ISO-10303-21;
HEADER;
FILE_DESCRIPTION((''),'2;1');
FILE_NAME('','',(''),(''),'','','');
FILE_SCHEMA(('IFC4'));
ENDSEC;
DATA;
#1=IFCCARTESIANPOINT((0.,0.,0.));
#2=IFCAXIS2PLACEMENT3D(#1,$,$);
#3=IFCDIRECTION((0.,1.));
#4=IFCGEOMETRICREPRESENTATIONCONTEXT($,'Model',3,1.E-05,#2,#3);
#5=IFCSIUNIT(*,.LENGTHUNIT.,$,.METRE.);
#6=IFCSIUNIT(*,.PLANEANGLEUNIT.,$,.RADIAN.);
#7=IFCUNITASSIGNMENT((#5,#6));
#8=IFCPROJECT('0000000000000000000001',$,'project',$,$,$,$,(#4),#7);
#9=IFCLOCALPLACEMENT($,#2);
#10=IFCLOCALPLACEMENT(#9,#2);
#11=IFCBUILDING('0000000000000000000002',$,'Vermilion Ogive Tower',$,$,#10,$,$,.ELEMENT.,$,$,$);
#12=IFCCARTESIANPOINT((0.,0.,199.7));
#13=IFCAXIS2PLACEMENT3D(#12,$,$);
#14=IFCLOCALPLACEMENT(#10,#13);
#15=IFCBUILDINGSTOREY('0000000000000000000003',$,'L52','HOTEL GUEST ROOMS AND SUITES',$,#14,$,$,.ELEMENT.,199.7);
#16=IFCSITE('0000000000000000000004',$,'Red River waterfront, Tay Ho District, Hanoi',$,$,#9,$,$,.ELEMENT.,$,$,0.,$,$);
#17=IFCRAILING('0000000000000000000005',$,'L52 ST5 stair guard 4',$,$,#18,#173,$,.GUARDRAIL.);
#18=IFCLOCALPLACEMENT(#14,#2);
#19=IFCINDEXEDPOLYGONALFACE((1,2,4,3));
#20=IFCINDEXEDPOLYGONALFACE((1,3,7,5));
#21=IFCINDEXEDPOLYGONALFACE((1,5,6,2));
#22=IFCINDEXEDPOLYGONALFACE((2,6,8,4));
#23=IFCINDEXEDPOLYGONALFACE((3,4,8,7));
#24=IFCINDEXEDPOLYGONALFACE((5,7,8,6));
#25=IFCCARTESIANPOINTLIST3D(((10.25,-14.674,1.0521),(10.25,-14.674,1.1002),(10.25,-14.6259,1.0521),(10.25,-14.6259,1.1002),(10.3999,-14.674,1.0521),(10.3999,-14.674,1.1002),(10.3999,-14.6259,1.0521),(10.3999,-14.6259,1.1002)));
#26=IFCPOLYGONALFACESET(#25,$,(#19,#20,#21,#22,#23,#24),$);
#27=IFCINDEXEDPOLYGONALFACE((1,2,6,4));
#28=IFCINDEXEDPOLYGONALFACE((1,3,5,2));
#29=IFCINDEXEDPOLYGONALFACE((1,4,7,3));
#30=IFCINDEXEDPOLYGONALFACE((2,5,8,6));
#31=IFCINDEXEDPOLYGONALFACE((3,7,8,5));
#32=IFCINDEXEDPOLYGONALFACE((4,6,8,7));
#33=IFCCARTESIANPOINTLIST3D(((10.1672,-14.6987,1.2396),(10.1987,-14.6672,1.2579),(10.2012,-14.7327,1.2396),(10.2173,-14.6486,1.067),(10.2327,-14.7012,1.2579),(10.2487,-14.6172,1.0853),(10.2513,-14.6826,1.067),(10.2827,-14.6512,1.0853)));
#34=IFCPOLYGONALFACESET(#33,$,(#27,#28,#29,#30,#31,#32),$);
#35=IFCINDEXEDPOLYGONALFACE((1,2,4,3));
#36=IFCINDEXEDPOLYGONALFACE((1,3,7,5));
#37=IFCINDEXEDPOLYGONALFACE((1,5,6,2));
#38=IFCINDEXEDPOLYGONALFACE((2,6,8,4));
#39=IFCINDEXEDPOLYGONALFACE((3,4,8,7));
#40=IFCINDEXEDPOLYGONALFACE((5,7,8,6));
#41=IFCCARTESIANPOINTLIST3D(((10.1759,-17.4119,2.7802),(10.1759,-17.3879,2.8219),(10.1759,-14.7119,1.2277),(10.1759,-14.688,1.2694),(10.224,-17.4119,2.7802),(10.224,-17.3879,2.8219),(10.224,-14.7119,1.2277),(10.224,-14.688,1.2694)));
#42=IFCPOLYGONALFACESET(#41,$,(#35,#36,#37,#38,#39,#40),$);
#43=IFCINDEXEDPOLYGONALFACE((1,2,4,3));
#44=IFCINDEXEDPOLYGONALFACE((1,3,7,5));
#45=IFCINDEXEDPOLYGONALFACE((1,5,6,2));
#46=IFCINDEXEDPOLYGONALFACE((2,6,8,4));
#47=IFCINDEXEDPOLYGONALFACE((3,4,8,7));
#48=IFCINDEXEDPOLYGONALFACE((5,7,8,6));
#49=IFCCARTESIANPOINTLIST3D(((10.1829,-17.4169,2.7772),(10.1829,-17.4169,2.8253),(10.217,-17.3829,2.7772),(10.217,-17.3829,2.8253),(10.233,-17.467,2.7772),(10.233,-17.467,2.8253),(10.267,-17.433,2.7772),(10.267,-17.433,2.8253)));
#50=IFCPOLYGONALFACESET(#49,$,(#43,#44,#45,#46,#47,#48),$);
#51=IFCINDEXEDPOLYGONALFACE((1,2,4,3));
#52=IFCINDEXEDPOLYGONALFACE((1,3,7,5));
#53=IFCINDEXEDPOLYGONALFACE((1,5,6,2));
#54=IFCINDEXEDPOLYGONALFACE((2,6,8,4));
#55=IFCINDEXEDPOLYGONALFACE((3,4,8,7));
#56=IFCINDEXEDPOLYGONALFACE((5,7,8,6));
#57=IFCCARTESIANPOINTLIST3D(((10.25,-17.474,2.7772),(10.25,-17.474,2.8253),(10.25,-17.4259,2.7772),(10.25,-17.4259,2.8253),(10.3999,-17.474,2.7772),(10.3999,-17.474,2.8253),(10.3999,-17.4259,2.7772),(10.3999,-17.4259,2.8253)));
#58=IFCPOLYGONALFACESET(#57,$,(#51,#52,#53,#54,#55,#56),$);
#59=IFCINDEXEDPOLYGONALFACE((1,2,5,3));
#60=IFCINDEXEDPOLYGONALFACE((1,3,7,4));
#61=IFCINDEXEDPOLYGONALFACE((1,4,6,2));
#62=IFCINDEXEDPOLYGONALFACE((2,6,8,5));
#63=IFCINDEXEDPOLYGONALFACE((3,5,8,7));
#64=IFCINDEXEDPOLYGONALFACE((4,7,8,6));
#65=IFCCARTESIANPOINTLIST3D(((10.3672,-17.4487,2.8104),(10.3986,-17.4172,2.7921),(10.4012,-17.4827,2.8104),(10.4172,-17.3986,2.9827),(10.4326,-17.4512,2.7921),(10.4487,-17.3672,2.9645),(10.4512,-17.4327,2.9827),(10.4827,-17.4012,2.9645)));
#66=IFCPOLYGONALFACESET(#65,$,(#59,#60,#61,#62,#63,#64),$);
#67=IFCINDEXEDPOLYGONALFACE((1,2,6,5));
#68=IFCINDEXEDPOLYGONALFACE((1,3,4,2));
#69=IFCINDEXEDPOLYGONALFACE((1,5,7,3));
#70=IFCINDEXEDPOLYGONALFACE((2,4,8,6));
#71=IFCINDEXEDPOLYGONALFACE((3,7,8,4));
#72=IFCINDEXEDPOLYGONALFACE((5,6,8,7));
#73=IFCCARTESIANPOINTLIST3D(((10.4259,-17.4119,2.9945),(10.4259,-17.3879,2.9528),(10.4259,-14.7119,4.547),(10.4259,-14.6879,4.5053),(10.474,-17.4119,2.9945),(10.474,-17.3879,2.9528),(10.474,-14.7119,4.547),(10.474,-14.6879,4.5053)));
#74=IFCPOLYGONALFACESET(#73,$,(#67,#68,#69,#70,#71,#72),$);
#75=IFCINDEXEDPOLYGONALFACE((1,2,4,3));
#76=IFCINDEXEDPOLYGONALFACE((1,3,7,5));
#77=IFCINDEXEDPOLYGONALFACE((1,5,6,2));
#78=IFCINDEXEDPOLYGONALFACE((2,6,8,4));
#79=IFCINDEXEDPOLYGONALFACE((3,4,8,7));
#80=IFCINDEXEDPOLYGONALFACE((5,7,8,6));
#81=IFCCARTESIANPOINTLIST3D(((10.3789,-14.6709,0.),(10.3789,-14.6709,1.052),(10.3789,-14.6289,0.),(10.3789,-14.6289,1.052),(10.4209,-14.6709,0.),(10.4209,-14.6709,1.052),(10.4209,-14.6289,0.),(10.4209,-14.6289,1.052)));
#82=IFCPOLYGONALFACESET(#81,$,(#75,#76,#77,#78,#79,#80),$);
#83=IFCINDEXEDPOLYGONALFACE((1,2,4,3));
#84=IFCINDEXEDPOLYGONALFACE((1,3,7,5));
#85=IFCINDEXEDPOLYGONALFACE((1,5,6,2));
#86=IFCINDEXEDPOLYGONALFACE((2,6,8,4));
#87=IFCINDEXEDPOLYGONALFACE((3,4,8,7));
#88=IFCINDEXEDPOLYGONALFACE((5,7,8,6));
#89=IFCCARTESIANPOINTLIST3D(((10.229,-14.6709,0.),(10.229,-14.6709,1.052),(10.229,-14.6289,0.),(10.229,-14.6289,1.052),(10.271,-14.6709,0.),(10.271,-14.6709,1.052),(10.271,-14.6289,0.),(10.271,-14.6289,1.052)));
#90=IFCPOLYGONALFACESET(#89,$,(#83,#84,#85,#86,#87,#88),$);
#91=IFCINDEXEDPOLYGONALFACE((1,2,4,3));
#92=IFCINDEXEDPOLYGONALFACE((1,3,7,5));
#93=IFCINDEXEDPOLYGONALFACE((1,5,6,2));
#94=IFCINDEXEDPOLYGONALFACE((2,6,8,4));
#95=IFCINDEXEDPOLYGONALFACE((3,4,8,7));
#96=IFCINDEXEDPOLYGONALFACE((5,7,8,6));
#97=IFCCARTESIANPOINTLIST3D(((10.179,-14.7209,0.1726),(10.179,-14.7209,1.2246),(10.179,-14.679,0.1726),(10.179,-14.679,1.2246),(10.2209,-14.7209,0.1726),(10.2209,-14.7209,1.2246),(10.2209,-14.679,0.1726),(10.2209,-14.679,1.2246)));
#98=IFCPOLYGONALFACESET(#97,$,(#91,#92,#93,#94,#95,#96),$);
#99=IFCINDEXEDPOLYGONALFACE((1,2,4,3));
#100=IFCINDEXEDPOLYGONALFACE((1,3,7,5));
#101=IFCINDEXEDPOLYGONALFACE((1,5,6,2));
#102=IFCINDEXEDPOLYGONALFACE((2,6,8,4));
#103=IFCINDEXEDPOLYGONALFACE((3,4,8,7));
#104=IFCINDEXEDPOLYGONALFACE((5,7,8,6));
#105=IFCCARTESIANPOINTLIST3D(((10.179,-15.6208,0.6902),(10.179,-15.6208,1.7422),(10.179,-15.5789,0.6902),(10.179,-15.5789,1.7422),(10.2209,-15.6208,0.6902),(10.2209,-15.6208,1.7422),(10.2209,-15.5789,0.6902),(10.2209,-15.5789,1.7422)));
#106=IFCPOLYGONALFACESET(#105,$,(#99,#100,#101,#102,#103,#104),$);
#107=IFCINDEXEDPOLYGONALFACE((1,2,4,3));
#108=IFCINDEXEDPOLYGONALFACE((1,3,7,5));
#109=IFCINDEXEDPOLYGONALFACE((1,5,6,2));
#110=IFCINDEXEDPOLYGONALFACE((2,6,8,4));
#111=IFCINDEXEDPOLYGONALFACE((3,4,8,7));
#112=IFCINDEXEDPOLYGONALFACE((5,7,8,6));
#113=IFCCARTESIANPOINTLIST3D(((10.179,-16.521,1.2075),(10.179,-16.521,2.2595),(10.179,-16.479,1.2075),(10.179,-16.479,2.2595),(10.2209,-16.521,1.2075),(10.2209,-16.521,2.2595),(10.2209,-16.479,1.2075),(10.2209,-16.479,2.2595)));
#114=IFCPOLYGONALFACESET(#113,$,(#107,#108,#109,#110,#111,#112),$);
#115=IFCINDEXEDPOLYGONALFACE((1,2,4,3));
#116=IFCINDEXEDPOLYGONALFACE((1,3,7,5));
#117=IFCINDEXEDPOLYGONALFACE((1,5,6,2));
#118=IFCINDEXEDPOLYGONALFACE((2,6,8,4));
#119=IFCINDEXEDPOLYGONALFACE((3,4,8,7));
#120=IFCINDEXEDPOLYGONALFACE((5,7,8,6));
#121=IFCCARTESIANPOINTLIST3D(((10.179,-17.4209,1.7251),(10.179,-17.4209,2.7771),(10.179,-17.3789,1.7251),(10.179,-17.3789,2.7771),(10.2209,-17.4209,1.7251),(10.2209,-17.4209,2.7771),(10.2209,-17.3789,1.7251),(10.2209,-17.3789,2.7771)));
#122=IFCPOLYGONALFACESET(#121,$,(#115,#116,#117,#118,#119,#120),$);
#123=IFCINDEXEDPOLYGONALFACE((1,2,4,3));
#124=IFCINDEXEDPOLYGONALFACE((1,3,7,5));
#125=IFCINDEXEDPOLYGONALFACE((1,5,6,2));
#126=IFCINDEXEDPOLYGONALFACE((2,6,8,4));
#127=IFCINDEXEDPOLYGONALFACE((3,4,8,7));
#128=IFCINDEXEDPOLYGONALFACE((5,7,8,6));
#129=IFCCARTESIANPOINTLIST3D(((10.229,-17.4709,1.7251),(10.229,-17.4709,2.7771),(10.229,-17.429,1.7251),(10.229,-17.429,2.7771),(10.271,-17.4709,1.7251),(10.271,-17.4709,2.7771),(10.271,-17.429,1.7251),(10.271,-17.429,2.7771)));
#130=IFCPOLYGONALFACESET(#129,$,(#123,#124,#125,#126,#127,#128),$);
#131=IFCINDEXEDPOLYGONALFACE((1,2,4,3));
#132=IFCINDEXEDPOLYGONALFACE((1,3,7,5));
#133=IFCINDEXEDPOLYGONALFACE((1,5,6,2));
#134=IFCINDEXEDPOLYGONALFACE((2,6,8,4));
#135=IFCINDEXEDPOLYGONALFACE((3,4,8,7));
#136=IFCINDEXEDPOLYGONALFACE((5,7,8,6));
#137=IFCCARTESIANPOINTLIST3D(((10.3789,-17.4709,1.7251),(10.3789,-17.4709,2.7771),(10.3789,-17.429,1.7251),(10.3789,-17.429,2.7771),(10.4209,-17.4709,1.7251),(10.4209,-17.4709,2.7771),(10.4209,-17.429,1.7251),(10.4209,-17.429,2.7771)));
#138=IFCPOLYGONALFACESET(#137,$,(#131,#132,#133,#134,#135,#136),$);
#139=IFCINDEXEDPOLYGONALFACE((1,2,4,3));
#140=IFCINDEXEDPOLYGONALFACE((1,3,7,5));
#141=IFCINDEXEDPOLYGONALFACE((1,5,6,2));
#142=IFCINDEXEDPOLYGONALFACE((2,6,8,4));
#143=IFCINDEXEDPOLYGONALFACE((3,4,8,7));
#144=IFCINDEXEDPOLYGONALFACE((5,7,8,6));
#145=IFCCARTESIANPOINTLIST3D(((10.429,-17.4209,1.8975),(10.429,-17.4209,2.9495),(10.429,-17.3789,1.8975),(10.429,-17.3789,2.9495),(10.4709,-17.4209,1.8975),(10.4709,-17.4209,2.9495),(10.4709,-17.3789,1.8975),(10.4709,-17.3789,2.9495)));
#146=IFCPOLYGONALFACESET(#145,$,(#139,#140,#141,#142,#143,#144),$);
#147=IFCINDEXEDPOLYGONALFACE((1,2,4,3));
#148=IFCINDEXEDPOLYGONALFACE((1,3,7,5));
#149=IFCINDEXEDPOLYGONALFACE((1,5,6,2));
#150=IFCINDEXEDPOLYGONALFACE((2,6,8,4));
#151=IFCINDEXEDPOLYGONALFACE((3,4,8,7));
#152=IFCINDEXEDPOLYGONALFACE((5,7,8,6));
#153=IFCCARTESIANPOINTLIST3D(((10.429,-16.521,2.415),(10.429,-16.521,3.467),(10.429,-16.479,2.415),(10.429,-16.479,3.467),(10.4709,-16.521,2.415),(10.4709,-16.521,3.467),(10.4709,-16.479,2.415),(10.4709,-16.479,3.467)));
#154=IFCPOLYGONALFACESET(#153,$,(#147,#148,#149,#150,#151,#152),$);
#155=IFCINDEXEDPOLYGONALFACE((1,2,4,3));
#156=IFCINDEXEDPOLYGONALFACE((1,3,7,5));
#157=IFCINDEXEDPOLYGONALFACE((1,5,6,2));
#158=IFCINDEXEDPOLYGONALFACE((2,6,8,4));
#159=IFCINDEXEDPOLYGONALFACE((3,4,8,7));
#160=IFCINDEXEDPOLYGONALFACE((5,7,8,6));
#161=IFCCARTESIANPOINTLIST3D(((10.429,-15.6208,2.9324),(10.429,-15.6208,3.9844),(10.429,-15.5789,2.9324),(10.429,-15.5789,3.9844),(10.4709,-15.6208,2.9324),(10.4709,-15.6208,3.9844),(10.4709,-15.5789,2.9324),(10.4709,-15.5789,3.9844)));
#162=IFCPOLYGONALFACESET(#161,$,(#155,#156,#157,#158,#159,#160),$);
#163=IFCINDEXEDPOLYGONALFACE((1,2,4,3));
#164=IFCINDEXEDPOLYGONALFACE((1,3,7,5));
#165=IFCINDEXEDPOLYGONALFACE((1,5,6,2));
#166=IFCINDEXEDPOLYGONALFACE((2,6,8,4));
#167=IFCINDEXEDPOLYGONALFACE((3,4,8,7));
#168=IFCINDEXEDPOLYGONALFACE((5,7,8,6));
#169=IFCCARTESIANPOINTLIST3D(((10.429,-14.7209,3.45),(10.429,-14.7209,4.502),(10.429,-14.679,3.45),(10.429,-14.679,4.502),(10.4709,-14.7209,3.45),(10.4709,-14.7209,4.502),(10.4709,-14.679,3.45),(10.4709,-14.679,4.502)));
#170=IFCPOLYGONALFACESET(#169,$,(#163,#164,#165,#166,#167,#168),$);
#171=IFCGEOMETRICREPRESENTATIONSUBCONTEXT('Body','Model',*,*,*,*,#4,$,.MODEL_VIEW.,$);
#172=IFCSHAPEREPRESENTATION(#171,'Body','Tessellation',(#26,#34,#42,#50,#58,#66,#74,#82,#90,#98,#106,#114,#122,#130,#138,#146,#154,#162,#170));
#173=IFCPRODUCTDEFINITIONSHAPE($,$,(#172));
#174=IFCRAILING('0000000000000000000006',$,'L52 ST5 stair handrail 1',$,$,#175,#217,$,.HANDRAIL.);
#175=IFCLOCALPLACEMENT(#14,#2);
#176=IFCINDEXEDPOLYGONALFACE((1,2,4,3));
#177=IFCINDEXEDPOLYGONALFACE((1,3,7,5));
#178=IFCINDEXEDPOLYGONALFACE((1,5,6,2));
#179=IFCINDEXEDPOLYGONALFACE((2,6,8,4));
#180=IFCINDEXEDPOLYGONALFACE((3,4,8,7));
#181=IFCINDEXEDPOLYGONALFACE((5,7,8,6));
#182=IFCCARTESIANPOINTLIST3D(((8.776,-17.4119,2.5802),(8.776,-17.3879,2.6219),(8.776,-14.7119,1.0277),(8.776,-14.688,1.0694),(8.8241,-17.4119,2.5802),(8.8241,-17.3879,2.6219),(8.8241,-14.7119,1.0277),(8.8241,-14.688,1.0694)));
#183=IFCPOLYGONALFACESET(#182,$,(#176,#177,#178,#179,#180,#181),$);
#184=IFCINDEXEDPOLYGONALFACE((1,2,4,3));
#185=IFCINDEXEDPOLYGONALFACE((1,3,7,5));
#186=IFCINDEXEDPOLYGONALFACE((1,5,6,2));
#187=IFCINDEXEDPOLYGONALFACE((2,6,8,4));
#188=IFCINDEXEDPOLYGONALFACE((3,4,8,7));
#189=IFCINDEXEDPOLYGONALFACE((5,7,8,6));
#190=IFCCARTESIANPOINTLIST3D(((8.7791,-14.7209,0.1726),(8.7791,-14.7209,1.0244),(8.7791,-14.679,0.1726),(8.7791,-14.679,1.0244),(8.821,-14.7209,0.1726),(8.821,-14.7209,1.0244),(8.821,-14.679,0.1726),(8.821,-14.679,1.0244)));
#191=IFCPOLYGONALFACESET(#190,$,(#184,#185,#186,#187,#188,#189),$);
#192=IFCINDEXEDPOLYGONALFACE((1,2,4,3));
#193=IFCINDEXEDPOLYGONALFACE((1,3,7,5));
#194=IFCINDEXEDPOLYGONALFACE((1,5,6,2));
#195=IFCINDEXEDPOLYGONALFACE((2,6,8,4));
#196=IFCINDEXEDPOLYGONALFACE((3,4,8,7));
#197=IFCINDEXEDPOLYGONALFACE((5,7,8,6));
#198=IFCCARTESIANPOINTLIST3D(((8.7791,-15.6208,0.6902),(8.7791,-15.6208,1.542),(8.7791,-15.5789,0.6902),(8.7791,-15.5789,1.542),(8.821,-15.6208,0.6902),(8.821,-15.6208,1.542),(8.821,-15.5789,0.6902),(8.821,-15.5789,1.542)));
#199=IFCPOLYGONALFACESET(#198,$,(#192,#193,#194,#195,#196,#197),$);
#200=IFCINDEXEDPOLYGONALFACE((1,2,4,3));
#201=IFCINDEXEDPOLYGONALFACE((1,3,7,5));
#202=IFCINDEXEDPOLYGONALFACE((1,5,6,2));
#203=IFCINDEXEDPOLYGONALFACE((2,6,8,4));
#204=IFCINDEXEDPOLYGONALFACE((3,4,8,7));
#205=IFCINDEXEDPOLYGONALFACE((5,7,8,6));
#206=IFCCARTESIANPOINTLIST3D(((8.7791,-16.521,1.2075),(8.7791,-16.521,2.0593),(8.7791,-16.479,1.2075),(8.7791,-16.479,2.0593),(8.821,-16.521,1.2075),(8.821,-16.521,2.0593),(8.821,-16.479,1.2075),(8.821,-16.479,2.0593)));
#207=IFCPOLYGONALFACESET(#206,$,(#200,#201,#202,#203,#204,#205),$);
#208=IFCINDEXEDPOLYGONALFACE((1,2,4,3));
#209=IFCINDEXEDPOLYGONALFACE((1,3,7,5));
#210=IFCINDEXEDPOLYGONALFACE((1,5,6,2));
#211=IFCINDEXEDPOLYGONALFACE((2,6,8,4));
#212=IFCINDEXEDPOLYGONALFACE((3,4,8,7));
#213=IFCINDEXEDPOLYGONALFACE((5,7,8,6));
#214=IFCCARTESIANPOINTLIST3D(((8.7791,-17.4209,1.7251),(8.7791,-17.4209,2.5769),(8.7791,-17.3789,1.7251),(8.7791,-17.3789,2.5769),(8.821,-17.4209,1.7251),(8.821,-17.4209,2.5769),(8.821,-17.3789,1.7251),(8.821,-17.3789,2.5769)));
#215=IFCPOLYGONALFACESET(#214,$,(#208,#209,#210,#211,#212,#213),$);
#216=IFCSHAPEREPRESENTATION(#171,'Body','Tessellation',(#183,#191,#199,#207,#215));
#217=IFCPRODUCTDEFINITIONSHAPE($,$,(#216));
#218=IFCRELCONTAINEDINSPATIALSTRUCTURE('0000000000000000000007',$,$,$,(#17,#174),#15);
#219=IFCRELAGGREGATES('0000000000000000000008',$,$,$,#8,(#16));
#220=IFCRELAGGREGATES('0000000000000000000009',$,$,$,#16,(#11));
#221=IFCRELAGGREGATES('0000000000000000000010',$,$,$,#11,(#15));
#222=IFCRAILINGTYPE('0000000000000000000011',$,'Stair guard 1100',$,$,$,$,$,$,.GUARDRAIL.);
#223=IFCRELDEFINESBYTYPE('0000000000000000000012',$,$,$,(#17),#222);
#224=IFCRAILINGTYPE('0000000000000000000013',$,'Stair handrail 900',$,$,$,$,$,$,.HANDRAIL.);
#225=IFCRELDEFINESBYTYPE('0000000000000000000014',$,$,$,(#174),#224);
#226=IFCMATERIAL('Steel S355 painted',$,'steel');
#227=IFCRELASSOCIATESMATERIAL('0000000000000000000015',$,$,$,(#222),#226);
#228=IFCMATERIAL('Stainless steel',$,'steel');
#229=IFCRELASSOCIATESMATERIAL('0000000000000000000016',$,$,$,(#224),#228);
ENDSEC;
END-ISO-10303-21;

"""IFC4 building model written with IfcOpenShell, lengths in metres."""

from ifc_helpers import new_model, si_unit, direction, frame, origin, origin_2d, place, context, subcontext, project, spatial, rectangle, extrude, material, type_object, element, save


model = new_model("IFC4")

# Units and contexts
model_context = context("Model", 3, precision=1e-05, world=origin(), true_north=direction((0.0, 1.0)))
body_context = subcontext(model_context, "Body", "Model", "MODEL_VIEW")
ifc_project = project(units=[si_unit("LENGTHUNIT", "METRE"), si_unit("PLANEANGLEUNIT", "RADIAN")], contexts=[model_context])

# Site, building, storey
site_placement = place(None, origin())
site = spatial("IfcSite", under=ifc_project, at=site_placement, Name="Red River waterfront, Tay Ho District, Hanoi", CompositionType="ELEMENT", RefElevation=0.0)
building_placement = place(site_placement, origin())
building = spatial("IfcBuilding", under=site, at=building_placement, Name="Vermilion Ogive Tower", CompositionType="ELEMENT")
storey_placement = place(building_placement, frame((0.0, 0.0, 199.7)))
storey = spatial("IfcBuildingStorey", under=building, at=storey_placement, Name="L52", Description="HOTEL GUEST ROOMS AND SUITES", CompositionType="ELEMENT", Elevation=199.7)

# Railings
ifc_material_1 = material(Name="Steel S355 painted", Category="steel")
railing_type_1 = type_object("IfcRailingType", Name="Stair guard 1100", PredefinedType="GUARDRAIL", material=ifc_material_1)
railing_1_placement = place(storey_placement, frame((10.3999, -14.6499, 0.0)))
element("IfcRailing", 1, at=railing_1_placement, inside=storey, type_object=railing_type_1, Name="L52 ST5 stair guard 4", PredefinedType="GUARDRAIL", context=body_context, shape_type="SweptSolid", body=[
    extrude(rectangle(XDim=0.0481, YDim=0.0481, at=origin_2d()), frame((0.0, 0.0, 1.0762), z_axis=(-1.0, 0.0, 0.0), x_axis=(0.0, -1.0, 0.0)), (0.0, 0.0, 1.0), 0.1499),
    extrude(rectangle(XDim=0.0481, YDim=0.0481, at=origin_2d()), frame((-0.1499, 0.0, 1.0762), z_axis=(-0.268278, -0.268278, 0.925232), x_axis=(0.707107, -0.707107, 0.0)), (0.0, 0.0, 1.0), 0.1865),
    extrude(rectangle(XDim=0.0481, YDim=0.0481, at=origin_2d()), frame((-0.2, -0.05, 1.2485), z_axis=(0.0, -0.866904, 0.498476), x_axis=(1.0, 0.0, 0.0)), (0.0, 0.0, 1.0), 3.1145),
    extrude(rectangle(XDim=0.0481, YDim=0.0481, at=origin_2d()), frame((-0.2, -2.75, 2.8013), z_axis=(0.707107, -0.707107, 0.0), x_axis=(0.707107, 0.707107, 0.0)), (0.0, 0.0, 1.0), 0.0708),
    extrude(rectangle(XDim=0.0481, YDim=0.0481, at=origin_2d()), frame((-0.1499, -2.8, 2.8013), z_axis=(1.0, 0.0, 0.0), x_axis=(0.0, 1.0, 0.0)), (0.0, 0.0, 1.0), 0.1499),
    extrude(rectangle(XDim=0.0481, YDim=0.0481, at=origin_2d()), frame((0.0, -2.8, 2.8013), z_axis=(0.268603, 0.268603, 0.925043), x_axis=(-0.707107, 0.707107, 0.0)), (0.0, 0.0, 1.0), 0.1863),
    extrude(rectangle(XDim=0.0481, YDim=0.0481, at=origin_2d()), frame((0.05, -2.75, 2.9736), z_axis=(0.0, 0.866904, 0.498476), x_axis=(-1.0, 0.0, 0.0)), (0.0, 0.0, 1.0), 3.1145),
    extrude(rectangle(XDim=0.042, YDim=0.042, at=origin_2d()), origin(), (0.0, 0.0, 1.0), 1.052),
    extrude(rectangle(XDim=0.042, YDim=0.042, at=origin_2d()), frame((-0.1499, 0.0, 0.0)), (0.0, 0.0, 1.0), 1.052),
    extrude(rectangle(XDim=0.042, YDim=0.042, at=origin_2d()), frame((-0.2, -0.05, 0.1726)), (0.0, 0.0, 1.0), 1.052),
    extrude(rectangle(XDim=0.042, YDim=0.042, at=origin_2d()), frame((-0.2, -0.95, 0.6902)), (0.0, 0.0, 1.0), 1.052),
    extrude(rectangle(XDim=0.042, YDim=0.042, at=origin_2d()), frame((-0.2, -1.8501, 1.2075)), (0.0, 0.0, 1.0), 1.052),
    extrude(rectangle(XDim=0.042, YDim=0.042, at=origin_2d()), frame((-0.2, -2.75, 1.7251)), (0.0, 0.0, 1.0), 1.052),
    extrude(rectangle(XDim=0.042, YDim=0.042, at=origin_2d()), frame((-0.1499, -2.8, 1.7251)), (0.0, 0.0, 1.0), 1.052),
    extrude(rectangle(XDim=0.042, YDim=0.042, at=origin_2d()), frame((0.0, -2.8, 1.7251)), (0.0, 0.0, 1.0), 1.052),
    extrude(rectangle(XDim=0.042, YDim=0.042, at=origin_2d()), frame((0.05, -2.75, 1.8975)), (0.0, 0.0, 1.0), 1.052),
    extrude(rectangle(XDim=0.042, YDim=0.042, at=origin_2d()), frame((0.05, -1.8501, 2.415)), (0.0, 0.0, 1.0), 1.052),
    extrude(rectangle(XDim=0.042, YDim=0.042, at=origin_2d()), frame((0.05, -0.95, 2.9324)), (0.0, 0.0, 1.0), 1.052),
    extrude(rectangle(XDim=0.042, YDim=0.042, at=origin_2d()), frame((0.05, -0.05, 3.45)), (0.0, 0.0, 1.0), 1.052),
])
ifc_material_2 = material(Name="Stainless steel", Category="steel")
railing_type_2 = type_object("IfcRailingType", Name="Stair handrail 900", PredefinedType="HANDRAIL", material=ifc_material_2)
railing_2_placement = place(storey_placement, frame((8.8, -14.7, 0.1726)))
element("IfcRailing", 2, at=railing_2_placement, inside=storey, type_object=railing_type_2, Name="L52 ST5 stair handrail 1", PredefinedType="HANDRAIL", context=body_context, shape_type="SweptSolid", body=[
    extrude(rectangle(XDim=0.0481, YDim=0.0481, at=origin_2d()), frame((0.0, 0.0, 0.876), z_axis=(0.0, -0.866904, 0.498476), x_axis=(1.0, 0.0, 0.0)), (0.0, 0.0, 1.0), 3.1145),
    extrude(rectangle(XDim=0.042, YDim=0.042, at=origin_2d()), origin(), (0.0, 0.0, 1.0), 0.8518),
    extrude(rectangle(XDim=0.042, YDim=0.042, at=origin_2d()), frame((0.0, -0.8999, 0.5176)), (0.0, 0.0, 1.0), 0.8518),
    extrude(rectangle(XDim=0.042, YDim=0.042, at=origin_2d()), frame((0.0, -1.8, 1.0349)), (0.0, 0.0, 1.0), 0.8518),
    extrude(rectangle(XDim=0.042, YDim=0.042, at=origin_2d()), frame((0.0, -2.7, 1.5525)), (0.0, 0.0, 1.0), 0.8518),
])

save(model, "model.ifc")
